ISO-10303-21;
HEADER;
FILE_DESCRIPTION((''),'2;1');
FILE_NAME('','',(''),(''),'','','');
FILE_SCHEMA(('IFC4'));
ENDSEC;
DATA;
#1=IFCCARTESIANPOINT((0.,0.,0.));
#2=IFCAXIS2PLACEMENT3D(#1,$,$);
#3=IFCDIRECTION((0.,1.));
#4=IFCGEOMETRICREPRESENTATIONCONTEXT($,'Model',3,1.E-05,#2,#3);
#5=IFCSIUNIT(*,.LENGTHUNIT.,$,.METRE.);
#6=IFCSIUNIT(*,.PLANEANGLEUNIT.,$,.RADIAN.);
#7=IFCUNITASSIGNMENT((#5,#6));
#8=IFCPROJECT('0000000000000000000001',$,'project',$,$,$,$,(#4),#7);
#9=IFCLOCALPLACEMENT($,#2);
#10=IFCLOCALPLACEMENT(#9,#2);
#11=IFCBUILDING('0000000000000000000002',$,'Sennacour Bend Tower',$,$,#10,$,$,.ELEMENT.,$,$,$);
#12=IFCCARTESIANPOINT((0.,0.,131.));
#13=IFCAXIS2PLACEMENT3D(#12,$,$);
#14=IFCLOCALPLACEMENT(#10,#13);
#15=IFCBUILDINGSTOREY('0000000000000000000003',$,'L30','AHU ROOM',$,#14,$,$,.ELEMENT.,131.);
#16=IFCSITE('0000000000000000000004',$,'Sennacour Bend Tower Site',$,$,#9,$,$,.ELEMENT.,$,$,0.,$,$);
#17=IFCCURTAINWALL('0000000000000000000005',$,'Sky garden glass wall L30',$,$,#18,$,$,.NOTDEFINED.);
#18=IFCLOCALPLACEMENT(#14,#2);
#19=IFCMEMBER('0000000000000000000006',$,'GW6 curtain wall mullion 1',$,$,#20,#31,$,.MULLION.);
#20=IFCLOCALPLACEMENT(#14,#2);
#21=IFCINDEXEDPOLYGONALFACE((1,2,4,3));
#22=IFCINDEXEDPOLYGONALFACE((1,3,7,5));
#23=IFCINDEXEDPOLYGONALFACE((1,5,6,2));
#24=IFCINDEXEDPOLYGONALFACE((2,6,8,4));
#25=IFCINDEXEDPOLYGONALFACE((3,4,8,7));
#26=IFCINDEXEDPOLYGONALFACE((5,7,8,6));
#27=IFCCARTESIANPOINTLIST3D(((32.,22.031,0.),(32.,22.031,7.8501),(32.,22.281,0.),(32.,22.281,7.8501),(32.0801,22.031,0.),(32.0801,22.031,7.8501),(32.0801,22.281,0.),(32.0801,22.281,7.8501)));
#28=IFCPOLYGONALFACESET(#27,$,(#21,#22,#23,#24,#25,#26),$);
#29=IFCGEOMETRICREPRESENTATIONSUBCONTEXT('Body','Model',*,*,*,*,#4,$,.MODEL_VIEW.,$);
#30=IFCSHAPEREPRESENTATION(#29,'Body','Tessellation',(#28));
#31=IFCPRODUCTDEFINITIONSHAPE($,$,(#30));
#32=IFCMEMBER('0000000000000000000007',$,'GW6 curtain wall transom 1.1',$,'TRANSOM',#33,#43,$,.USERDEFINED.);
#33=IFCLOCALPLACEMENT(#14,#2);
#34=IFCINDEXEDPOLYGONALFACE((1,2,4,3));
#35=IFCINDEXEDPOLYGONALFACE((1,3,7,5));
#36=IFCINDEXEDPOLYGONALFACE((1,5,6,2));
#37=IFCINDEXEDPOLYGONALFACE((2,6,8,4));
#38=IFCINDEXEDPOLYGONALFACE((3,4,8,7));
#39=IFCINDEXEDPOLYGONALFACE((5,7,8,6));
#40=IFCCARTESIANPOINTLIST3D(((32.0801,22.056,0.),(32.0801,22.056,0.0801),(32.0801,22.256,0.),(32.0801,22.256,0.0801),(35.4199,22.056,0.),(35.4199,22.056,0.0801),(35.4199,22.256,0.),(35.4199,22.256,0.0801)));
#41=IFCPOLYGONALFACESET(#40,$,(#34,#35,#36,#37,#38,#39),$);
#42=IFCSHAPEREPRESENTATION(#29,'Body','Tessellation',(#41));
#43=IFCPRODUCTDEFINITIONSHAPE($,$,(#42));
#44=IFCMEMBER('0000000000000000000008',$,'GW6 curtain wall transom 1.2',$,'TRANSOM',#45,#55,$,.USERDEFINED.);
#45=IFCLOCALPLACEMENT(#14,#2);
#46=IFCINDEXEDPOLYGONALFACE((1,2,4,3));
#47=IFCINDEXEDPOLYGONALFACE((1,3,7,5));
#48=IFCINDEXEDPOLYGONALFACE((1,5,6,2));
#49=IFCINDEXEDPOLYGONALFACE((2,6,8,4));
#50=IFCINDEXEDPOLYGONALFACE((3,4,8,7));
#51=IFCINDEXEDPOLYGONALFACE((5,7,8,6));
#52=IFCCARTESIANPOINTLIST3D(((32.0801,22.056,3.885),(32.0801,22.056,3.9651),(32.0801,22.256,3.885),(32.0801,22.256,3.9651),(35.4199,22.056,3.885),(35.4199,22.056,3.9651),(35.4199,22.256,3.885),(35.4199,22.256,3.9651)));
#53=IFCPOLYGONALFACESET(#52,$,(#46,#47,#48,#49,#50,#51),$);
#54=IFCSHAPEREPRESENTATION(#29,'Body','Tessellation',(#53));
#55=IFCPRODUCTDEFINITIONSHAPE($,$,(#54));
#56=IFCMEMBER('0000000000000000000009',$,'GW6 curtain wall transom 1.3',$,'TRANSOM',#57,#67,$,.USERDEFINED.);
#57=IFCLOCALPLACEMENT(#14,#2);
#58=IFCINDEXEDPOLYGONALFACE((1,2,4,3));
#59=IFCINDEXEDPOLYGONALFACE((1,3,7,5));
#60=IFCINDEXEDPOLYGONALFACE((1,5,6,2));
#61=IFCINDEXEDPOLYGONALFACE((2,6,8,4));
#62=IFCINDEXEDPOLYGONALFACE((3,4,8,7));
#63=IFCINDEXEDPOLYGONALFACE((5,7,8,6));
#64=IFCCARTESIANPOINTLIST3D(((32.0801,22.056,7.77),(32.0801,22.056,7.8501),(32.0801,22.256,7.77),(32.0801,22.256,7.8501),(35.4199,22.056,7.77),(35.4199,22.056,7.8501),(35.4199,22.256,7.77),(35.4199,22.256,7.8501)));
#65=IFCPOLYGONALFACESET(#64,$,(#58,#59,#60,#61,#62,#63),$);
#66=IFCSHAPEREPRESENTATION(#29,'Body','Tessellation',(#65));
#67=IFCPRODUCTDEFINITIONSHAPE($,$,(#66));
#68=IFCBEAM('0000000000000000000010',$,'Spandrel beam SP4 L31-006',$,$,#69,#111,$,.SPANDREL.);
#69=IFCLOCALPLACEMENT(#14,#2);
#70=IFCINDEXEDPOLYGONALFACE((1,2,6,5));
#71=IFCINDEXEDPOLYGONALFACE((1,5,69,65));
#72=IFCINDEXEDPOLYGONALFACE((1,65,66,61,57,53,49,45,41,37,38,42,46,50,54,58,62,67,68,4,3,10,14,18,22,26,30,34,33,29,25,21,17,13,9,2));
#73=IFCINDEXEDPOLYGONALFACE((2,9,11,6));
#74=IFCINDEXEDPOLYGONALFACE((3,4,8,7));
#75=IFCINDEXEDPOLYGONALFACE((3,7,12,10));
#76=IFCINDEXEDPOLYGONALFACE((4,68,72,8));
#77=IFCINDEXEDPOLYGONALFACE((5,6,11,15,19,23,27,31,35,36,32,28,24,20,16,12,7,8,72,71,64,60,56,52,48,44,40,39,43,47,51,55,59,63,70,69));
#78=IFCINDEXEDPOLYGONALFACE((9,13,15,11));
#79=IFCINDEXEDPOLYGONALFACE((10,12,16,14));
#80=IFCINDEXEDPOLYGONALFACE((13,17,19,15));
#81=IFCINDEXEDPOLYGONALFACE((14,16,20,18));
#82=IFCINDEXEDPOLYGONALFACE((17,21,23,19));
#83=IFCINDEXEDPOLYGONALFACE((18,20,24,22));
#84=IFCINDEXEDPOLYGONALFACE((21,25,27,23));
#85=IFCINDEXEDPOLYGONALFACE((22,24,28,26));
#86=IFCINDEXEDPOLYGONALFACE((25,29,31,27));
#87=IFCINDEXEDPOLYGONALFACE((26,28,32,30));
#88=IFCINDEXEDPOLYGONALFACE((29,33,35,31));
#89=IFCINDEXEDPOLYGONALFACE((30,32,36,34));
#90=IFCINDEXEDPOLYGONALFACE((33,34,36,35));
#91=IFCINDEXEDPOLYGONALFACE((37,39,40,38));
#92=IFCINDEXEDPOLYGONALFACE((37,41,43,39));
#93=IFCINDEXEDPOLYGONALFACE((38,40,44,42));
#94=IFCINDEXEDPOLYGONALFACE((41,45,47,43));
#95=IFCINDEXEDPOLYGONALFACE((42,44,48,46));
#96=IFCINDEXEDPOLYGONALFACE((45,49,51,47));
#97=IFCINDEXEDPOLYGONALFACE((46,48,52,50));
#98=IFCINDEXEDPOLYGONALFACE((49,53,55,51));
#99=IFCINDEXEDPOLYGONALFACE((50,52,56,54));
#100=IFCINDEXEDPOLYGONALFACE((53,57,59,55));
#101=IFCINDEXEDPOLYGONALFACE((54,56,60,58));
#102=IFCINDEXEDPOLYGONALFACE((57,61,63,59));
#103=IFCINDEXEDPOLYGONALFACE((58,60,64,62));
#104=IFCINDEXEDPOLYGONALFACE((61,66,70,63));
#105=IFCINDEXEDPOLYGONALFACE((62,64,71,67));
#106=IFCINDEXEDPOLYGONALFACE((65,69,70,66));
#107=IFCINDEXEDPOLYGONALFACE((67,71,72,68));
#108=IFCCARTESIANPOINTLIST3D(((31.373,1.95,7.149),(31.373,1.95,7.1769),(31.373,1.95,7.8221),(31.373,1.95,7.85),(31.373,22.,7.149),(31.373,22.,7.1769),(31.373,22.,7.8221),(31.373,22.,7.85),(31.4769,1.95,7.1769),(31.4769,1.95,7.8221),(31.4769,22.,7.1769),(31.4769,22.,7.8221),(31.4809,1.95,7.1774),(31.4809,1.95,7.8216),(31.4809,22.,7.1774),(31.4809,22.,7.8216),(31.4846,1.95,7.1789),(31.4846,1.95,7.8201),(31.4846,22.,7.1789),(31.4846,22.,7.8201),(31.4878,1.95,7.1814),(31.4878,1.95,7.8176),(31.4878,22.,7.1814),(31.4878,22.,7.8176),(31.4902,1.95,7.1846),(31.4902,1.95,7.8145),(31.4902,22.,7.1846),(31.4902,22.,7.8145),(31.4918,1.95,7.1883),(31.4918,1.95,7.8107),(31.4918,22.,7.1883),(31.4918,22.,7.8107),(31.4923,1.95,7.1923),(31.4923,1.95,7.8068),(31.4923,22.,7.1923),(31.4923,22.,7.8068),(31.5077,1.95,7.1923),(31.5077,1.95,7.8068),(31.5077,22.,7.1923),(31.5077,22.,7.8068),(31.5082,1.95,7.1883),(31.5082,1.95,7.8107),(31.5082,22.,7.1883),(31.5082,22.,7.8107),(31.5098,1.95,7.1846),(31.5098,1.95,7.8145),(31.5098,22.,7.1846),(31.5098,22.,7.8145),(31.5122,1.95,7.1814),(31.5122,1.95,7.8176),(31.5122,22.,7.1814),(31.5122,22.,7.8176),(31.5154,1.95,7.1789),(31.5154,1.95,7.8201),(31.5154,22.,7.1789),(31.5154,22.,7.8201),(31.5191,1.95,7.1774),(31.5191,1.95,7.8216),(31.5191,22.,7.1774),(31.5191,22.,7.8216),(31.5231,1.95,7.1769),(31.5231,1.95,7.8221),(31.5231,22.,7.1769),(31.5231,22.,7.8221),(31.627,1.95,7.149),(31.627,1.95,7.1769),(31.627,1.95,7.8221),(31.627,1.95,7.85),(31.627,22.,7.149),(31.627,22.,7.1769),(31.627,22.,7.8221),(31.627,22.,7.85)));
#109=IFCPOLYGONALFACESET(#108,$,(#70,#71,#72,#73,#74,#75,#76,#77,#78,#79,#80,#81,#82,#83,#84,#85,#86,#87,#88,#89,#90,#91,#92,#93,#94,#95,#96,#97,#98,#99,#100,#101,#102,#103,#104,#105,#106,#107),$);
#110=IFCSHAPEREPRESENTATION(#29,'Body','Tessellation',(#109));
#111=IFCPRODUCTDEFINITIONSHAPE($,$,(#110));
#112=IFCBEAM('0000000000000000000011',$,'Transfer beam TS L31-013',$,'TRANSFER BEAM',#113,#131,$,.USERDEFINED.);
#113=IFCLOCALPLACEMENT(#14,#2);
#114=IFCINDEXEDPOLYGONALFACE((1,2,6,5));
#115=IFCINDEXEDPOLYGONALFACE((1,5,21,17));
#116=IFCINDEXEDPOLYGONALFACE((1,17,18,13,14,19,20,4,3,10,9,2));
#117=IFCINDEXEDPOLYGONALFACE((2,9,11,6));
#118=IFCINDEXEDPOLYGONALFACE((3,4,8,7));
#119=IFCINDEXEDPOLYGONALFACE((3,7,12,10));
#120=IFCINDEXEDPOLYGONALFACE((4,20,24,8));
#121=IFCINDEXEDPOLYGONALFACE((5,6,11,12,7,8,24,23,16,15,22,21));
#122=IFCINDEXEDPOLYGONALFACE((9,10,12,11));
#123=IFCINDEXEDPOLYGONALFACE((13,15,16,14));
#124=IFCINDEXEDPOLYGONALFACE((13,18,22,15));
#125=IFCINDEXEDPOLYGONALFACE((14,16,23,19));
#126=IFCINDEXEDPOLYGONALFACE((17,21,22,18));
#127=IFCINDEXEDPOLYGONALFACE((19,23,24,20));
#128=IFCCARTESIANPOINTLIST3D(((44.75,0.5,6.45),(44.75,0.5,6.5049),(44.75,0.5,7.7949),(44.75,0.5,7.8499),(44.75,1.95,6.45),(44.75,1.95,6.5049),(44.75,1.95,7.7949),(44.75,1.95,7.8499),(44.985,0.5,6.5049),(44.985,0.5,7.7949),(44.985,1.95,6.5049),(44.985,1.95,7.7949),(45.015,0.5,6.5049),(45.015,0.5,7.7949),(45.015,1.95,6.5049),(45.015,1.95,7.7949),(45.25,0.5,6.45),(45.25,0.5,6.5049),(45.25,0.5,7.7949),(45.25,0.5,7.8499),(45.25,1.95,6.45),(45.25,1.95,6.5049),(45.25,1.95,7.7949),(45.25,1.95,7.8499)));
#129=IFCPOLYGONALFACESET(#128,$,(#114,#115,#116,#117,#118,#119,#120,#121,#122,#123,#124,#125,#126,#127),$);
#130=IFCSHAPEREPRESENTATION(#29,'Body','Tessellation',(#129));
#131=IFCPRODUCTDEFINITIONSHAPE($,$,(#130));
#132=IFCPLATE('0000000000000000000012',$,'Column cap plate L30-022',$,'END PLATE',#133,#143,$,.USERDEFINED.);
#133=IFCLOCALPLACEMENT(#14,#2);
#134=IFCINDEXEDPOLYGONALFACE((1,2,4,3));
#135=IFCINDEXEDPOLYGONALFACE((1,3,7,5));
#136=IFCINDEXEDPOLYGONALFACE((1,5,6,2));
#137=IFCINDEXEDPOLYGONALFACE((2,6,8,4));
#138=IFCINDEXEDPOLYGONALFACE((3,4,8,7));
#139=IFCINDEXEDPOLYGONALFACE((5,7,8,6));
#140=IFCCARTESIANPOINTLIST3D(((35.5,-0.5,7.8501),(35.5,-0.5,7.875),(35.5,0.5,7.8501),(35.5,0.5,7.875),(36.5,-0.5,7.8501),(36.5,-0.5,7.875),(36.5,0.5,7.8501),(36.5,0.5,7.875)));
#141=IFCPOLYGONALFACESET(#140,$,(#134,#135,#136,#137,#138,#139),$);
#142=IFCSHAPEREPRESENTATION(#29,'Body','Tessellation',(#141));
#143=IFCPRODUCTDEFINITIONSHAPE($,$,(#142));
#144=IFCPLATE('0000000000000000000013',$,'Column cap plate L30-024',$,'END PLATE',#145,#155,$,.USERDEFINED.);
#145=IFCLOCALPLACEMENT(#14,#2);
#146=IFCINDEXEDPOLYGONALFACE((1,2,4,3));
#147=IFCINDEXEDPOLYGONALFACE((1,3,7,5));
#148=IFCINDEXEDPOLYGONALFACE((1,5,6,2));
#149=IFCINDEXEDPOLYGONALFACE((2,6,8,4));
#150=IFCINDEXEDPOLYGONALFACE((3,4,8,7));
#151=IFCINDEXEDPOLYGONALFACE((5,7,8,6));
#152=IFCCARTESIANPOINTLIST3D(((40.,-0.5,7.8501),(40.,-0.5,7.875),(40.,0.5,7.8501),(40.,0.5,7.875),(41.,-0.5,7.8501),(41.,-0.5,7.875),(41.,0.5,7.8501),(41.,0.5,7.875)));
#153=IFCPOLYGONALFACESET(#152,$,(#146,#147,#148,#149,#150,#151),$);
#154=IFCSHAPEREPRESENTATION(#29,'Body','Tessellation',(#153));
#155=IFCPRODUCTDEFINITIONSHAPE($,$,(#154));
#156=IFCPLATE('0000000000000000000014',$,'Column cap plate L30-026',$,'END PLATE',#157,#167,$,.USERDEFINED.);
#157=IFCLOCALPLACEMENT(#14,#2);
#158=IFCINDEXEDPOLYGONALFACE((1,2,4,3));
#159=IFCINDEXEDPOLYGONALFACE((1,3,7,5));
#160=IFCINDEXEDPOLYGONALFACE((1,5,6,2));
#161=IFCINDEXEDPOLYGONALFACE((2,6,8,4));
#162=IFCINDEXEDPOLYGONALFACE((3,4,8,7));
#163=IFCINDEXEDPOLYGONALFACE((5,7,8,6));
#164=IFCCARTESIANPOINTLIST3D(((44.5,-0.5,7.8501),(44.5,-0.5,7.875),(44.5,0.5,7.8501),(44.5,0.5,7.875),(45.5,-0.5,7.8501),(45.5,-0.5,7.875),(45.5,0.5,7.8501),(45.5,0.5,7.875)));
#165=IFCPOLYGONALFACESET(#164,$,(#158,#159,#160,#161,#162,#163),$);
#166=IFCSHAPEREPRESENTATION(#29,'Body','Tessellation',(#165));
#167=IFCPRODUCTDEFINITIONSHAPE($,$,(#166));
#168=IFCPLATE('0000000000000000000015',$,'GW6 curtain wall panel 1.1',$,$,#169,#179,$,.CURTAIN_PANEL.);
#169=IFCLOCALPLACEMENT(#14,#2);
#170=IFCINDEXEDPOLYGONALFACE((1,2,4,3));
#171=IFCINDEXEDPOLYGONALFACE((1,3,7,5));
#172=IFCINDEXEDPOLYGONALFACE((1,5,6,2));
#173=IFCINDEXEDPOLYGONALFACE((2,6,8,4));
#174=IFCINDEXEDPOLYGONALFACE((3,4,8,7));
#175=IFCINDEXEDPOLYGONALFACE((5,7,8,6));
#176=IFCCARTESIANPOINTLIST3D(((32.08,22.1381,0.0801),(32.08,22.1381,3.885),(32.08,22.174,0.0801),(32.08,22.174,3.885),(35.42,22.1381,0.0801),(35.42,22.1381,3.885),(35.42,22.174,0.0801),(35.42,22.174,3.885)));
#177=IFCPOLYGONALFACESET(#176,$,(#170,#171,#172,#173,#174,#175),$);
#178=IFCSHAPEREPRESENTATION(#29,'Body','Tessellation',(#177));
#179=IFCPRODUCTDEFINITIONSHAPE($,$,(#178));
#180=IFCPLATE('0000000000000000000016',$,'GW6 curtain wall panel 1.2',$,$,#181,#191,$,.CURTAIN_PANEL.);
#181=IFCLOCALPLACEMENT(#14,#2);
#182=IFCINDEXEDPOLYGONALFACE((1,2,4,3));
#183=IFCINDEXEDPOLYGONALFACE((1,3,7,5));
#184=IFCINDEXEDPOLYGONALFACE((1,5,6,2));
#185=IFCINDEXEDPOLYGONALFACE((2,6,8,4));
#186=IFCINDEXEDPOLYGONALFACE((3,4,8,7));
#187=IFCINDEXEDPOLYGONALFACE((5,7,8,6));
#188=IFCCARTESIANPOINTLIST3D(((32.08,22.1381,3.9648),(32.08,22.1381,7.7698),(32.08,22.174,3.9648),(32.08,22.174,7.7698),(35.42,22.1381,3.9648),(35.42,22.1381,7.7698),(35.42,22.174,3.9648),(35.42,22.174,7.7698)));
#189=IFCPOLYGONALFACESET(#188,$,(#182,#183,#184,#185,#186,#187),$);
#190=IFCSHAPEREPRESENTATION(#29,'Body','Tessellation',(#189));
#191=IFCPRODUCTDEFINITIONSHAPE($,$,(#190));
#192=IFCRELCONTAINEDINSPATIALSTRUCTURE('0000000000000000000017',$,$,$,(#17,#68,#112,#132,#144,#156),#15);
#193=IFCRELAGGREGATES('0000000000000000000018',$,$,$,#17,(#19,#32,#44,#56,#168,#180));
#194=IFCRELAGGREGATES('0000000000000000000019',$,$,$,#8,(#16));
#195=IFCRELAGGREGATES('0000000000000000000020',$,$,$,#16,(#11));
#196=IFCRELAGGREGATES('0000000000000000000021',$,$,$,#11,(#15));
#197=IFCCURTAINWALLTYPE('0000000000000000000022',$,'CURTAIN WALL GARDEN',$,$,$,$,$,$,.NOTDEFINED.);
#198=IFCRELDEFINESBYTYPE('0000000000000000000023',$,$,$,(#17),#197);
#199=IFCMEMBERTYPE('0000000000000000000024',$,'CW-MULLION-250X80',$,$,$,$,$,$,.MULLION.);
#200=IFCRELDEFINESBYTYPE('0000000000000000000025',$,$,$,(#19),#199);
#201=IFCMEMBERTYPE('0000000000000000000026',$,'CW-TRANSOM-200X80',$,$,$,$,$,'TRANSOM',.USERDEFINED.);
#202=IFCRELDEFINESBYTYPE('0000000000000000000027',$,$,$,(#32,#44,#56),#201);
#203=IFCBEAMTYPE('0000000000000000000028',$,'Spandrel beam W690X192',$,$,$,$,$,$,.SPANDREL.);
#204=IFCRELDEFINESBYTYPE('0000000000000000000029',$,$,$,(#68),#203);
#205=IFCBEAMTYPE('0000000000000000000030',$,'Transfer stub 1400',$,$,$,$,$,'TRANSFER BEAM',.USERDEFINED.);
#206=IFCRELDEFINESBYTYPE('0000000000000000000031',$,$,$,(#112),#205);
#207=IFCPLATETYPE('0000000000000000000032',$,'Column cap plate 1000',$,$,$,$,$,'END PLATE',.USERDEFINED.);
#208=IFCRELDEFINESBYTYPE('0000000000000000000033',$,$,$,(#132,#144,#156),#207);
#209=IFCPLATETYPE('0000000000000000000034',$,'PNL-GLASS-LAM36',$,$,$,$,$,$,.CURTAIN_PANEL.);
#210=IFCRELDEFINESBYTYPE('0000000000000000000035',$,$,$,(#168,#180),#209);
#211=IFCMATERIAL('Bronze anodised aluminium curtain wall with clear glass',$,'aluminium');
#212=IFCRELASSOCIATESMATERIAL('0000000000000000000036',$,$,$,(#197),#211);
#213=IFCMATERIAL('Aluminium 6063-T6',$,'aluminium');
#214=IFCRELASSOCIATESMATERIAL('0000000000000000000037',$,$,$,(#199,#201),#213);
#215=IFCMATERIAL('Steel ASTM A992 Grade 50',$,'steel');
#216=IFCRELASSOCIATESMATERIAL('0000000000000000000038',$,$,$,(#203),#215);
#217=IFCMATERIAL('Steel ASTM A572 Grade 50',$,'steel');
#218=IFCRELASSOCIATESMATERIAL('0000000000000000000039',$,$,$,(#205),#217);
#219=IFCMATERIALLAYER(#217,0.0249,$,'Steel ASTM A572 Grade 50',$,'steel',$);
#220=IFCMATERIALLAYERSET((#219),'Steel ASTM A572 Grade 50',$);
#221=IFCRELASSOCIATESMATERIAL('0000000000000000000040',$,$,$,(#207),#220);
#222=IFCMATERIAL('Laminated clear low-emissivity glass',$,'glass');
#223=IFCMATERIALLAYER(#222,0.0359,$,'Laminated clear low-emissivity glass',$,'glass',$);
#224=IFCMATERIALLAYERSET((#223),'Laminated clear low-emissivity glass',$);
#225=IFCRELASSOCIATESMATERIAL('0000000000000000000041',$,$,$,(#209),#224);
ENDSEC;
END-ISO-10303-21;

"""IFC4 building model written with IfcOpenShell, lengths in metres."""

from ifc_helpers import new_model, si_unit, direction, frame, origin, origin_2d, place, context, subcontext, project, spatial, rectangle, i_section, extrude, material, layer, layer_set, material_profile, profile_set, type_object, element, aggregate, save


model = new_model("IFC4")

# Units and contexts
model_context = context("Model", 3, precision=1e-05, world=origin(), true_north=direction((0.0, 1.0)))
body_context = subcontext(model_context, "Body", "Model", "MODEL_VIEW")
ifc_project = project(units=[si_unit("LENGTHUNIT", "METRE"), si_unit("PLANEANGLEUNIT", "RADIAN")], contexts=[model_context])

# Site, building, storey
site_placement = place(None, origin())
site = spatial("IfcSite", under=ifc_project, at=site_placement, Name="Sennacour Bend Tower Site", CompositionType="ELEMENT", RefElevation=0.0)
building_placement = place(site_placement, origin())
building = spatial("IfcBuilding", under=site, at=building_placement, Name="Sennacour Bend Tower", CompositionType="ELEMENT")
storey_placement = place(building_placement, frame((0.0, 0.0, 131.0)))
storey = spatial("IfcBuildingStorey", under=building, at=storey_placement, Name="L30", Description="AHU ROOM", CompositionType="ELEMENT", Elevation=131.0)

# Shared definitions
ifc_material_1 = material(Name="Steel ASTM A572 Grade 50", Category="steel")

# Shared definitions
ifc_material_2 = material(Name="Steel ASTM A992 Grade 50", Category="steel")

# Curtain wall, members
ifc_material_3 = material(Name="Bronze anodised aluminium curtain wall with clear glass", Category="aluminium")
curtain_wall_type = type_object("IfcCurtainWallType", Name="CURTAIN WALL GARDEN", PredefinedType="NOTDEFINED", material=ifc_material_3)
curtain_wall_placement = place(storey_placement, origin())
curtain_wall = element("IfcCurtainWall", 1, at=curtain_wall_placement, inside=storey, type_object=curtain_wall_type, Name="Sky garden glass wall L30", PredefinedType="NOTDEFINED")
ifc_material_4 = material(Name="Aluminium 6063-T6", Category="aluminium")
ifc_material_profile_1 = material_profile(ifc_material_4, rectangle(XDim=0.25, YDim=0.0801, at=origin_2d()), Name="Aluminium 6063-T6", Category="aluminium")
ifc_profile_set_1 = profile_set([ifc_material_profile_1], Name="Aluminium 6063-T6")
member_type_1 = type_object("IfcMemberType", Name="CW-MULLION-250X80", PredefinedType="MULLION", material=ifc_profile_set_1)
member_1_placement = place(storey_placement, frame((32.04, 22.156, 0.0), z_axis=(0.0, 0.0, 1.0), x_axis=(0.0, 1.0, 0.0)))
member_1 = element("IfcMember", 2, at=member_1_placement, type_object=member_type_1, Name="GW6 curtain wall mullion 1", PredefinedType="MULLION", context=body_context, shape_type="SweptSolid", body=[
    extrude(rectangle(XDim=0.25, YDim=0.0801, at=origin_2d()), origin(), (0.0, 0.0, 1.0), 7.8501),
])
ifc_material_profile_2 = material_profile(ifc_material_4, rectangle(XDim=0.2, YDim=0.0801, at=origin_2d()), Name="Aluminium 6063-T6", Category="aluminium")
ifc_profile_set_2 = profile_set([ifc_material_profile_2], Name="Aluminium 6063-T6")
member_type_2 = type_object("IfcMemberType", Name="CW-TRANSOM-200X80", ElementType="TRANSOM", PredefinedType="USERDEFINED", material=ifc_profile_set_2)
member_2_placement = place(storey_placement, frame((32.0801, 22.156, 0.04), z_axis=(1.0, 0.0, 0.0), x_axis=(0.0, 1.0, 0.0)))
member_2 = element("IfcMember", 3, at=member_2_placement, type_object=member_type_2, Name="GW6 curtain wall transom 1.1", ObjectType="TRANSOM", PredefinedType="USERDEFINED", context=body_context, shape_type="SweptSolid", body=[
    extrude(rectangle(XDim=0.2, YDim=0.0801, at=origin_2d()), origin(), (0.0, 0.0, 1.0), 3.3398),
])
member_3_placement = place(storey_placement, frame((32.0801, 22.156, 3.925), z_axis=(1.0, 0.0, 0.0), x_axis=(0.0, 1.0, 0.0)))
member_3 = element("IfcMember", 4, at=member_3_placement, type_object=member_type_2, Name="GW6 curtain wall transom 1.2", ObjectType="TRANSOM", PredefinedType="USERDEFINED", context=body_context, shape_type="SweptSolid", body=[
    extrude(rectangle(XDim=0.2, YDim=0.0801, at=origin_2d()), origin(), (0.0, 0.0, 1.0), 3.3398),
])
member_4_placement = place(storey_placement, frame((32.0801, 22.156, 7.8101), z_axis=(1.0, 0.0, 0.0), x_axis=(0.0, 1.0, 0.0)))
member_4 = element("IfcMember", 5, at=member_4_placement, type_object=member_type_2, Name="GW6 curtain wall transom 1.3", ObjectType="TRANSOM", PredefinedType="USERDEFINED", context=body_context, shape_type="SweptSolid", body=[
    extrude(rectangle(XDim=0.2, YDim=0.0801, at=origin_2d()), origin(), (0.0, 0.0, 1.0), 3.3398),
])

# Beams
ifc_material_profile_3 = material_profile(ifc_material_2, i_section(OverallWidth=0.2539, OverallDepth=0.7009, WebThickness=0.0154, FlangeThickness=0.0278, FilletRadius=0.0154, at=origin_2d()), Name="Steel ASTM A992 Grade 50", Category="steel")
ifc_profile_set_3 = profile_set([ifc_material_profile_3], Name="Steel ASTM A992 Grade 50")
beam_type_1 = type_object("IfcBeamType", Name="Spandrel beam W690X192", PredefinedType="SPANDREL", material=ifc_profile_set_3)
beam_1_placement = place(storey_placement, frame((31.5, 22.0, 7.4995), z_axis=(0.0, -1.0, 0.0), x_axis=(1.0, 0.0, 0.0)))
element("IfcBeam", 6, at=beam_1_placement, inside=storey, type_object=beam_type_1, Name="Spandrel beam SP4 L31-006", PredefinedType="SPANDREL", context=body_context, shape_type="SweptSolid", body=[
    extrude(i_section(OverallWidth=0.2539, OverallDepth=0.7009, WebThickness=0.0154, FlangeThickness=0.0278, FilletRadius=0.0154, at=origin_2d()), origin(), (0.0, 0.0, 1.0), 20.05),
])
ifc_material_profile_4 = material_profile(ifc_material_1, i_section(OverallWidth=0.5, OverallDepth=1.3999, WebThickness=0.03, FlangeThickness=0.0549, at=origin_2d()), Name="Steel ASTM A572 Grade 50", Category="steel")
ifc_profile_set_4 = profile_set([ifc_material_profile_4], Name="Steel ASTM A572 Grade 50")
beam_type_2 = type_object("IfcBeamType", Name="Transfer stub 1400", ElementType="TRANSFER BEAM", PredefinedType="USERDEFINED", material=ifc_profile_set_4)
beam_2_placement = place(storey_placement, frame((45.0, 0.5, 7.1499), z_axis=(0.0, 1.0, 0.0), x_axis=(-1.0, 0.0, 0.0)))
element("IfcBeam", 7, at=beam_2_placement, inside=storey, type_object=beam_type_2, Name="Transfer beam TS L31-013", ObjectType="TRANSFER BEAM", PredefinedType="USERDEFINED", context=body_context, shape_type="SweptSolid", body=[
    extrude(i_section(OverallWidth=0.5, OverallDepth=1.3999, WebThickness=0.03, FlangeThickness=0.0549, at=origin_2d()), origin(), (0.0, 0.0, 1.0), 1.45),
])

# Plates
ifc_layer_1 = layer(ifc_material_1, 0.0249, Name="Steel ASTM A572 Grade 50", Category="steel")
ifc_layer_set_1 = layer_set([ifc_layer_1], Name="Steel ASTM A572 Grade 50")
plate_type_1 = type_object("IfcPlateType", Name="Column cap plate 1000", ElementType="END PLATE", PredefinedType="USERDEFINED", material=ifc_layer_set_1)
for number, where, z_axis, x_axis, name in (
    (8, (36.0, 0.0, 7.8501), (0.0, 0.0, 1.0), (1.0, 0.0, 0.0), "Column cap plate L30-022"),
    (9, (40.5, 0.0, 7.8501), (0.0, 0.0, 1.0), (1.0, 0.0, 0.0), "Column cap plate L30-024"),
    (10, (45.0, 0.0, 7.8501), (0.0, 0.0, 1.0), (1.0, 0.0, 0.0), "Column cap plate L30-026"),
):
    element("IfcPlate", number, at=place(storey_placement, frame(where, z_axis=z_axis, x_axis=x_axis)), inside=storey, type_object=plate_type_1, Name=name, ObjectType="END PLATE", PredefinedType="USERDEFINED", context=body_context, shape_type="SweptSolid", body=[
        extrude(rectangle(XDim=1.0, YDim=1.0, at=origin_2d()), origin(), (0.0, 0.0, 1.0), 0.0249),
    ])

# Plates
ifc_material_5 = material(Name="Laminated clear low-emissivity glass", Category="glass")
ifc_layer_2 = layer(ifc_material_5, 0.0359, Name="Laminated clear low-emissivity glass", Category="glass")
ifc_layer_set_2 = layer_set([ifc_layer_2], Name="Laminated clear low-emissivity glass")
plate_type_2 = type_object("IfcPlateType", Name="PNL-GLASS-LAM36", PredefinedType="CURTAIN_PANEL", material=ifc_layer_set_2)
plate_1_placement = place(storey_placement, frame((33.75, 22.156, 0.0801), z_axis=(0.0, 0.0, 1.0), x_axis=(1.0, 0.0, 0.0)))
plate_1 = element("IfcPlate", 11, at=plate_1_placement, type_object=plate_type_2, Name="GW6 curtain wall panel 1.1", PredefinedType="CURTAIN_PANEL", context=body_context, shape_type="SweptSolid", body=[
    extrude(rectangle(XDim=3.3401, YDim=0.0359, at=origin_2d()), origin(), (0.0, 0.0, 1.0), 3.8049),
])
plate_2_placement = place(storey_placement, frame((33.75, 22.156, 3.9648), z_axis=(0.0, 0.0, 1.0), x_axis=(1.0, 0.0, 0.0)))
plate_2 = element("IfcPlate", 12, at=plate_2_placement, type_object=plate_type_2, Name="GW6 curtain wall panel 1.2", PredefinedType="CURTAIN_PANEL", context=body_context, shape_type="SweptSolid", body=[
    extrude(rectangle(XDim=3.3401, YDim=0.0359, at=origin_2d()), origin(), (0.0, 0.0, 1.0), 3.8049),
])
aggregate(curtain_wall, [member_1, member_2, member_3, member_4, plate_1, plate_2])

save(model, "model.ifc")
